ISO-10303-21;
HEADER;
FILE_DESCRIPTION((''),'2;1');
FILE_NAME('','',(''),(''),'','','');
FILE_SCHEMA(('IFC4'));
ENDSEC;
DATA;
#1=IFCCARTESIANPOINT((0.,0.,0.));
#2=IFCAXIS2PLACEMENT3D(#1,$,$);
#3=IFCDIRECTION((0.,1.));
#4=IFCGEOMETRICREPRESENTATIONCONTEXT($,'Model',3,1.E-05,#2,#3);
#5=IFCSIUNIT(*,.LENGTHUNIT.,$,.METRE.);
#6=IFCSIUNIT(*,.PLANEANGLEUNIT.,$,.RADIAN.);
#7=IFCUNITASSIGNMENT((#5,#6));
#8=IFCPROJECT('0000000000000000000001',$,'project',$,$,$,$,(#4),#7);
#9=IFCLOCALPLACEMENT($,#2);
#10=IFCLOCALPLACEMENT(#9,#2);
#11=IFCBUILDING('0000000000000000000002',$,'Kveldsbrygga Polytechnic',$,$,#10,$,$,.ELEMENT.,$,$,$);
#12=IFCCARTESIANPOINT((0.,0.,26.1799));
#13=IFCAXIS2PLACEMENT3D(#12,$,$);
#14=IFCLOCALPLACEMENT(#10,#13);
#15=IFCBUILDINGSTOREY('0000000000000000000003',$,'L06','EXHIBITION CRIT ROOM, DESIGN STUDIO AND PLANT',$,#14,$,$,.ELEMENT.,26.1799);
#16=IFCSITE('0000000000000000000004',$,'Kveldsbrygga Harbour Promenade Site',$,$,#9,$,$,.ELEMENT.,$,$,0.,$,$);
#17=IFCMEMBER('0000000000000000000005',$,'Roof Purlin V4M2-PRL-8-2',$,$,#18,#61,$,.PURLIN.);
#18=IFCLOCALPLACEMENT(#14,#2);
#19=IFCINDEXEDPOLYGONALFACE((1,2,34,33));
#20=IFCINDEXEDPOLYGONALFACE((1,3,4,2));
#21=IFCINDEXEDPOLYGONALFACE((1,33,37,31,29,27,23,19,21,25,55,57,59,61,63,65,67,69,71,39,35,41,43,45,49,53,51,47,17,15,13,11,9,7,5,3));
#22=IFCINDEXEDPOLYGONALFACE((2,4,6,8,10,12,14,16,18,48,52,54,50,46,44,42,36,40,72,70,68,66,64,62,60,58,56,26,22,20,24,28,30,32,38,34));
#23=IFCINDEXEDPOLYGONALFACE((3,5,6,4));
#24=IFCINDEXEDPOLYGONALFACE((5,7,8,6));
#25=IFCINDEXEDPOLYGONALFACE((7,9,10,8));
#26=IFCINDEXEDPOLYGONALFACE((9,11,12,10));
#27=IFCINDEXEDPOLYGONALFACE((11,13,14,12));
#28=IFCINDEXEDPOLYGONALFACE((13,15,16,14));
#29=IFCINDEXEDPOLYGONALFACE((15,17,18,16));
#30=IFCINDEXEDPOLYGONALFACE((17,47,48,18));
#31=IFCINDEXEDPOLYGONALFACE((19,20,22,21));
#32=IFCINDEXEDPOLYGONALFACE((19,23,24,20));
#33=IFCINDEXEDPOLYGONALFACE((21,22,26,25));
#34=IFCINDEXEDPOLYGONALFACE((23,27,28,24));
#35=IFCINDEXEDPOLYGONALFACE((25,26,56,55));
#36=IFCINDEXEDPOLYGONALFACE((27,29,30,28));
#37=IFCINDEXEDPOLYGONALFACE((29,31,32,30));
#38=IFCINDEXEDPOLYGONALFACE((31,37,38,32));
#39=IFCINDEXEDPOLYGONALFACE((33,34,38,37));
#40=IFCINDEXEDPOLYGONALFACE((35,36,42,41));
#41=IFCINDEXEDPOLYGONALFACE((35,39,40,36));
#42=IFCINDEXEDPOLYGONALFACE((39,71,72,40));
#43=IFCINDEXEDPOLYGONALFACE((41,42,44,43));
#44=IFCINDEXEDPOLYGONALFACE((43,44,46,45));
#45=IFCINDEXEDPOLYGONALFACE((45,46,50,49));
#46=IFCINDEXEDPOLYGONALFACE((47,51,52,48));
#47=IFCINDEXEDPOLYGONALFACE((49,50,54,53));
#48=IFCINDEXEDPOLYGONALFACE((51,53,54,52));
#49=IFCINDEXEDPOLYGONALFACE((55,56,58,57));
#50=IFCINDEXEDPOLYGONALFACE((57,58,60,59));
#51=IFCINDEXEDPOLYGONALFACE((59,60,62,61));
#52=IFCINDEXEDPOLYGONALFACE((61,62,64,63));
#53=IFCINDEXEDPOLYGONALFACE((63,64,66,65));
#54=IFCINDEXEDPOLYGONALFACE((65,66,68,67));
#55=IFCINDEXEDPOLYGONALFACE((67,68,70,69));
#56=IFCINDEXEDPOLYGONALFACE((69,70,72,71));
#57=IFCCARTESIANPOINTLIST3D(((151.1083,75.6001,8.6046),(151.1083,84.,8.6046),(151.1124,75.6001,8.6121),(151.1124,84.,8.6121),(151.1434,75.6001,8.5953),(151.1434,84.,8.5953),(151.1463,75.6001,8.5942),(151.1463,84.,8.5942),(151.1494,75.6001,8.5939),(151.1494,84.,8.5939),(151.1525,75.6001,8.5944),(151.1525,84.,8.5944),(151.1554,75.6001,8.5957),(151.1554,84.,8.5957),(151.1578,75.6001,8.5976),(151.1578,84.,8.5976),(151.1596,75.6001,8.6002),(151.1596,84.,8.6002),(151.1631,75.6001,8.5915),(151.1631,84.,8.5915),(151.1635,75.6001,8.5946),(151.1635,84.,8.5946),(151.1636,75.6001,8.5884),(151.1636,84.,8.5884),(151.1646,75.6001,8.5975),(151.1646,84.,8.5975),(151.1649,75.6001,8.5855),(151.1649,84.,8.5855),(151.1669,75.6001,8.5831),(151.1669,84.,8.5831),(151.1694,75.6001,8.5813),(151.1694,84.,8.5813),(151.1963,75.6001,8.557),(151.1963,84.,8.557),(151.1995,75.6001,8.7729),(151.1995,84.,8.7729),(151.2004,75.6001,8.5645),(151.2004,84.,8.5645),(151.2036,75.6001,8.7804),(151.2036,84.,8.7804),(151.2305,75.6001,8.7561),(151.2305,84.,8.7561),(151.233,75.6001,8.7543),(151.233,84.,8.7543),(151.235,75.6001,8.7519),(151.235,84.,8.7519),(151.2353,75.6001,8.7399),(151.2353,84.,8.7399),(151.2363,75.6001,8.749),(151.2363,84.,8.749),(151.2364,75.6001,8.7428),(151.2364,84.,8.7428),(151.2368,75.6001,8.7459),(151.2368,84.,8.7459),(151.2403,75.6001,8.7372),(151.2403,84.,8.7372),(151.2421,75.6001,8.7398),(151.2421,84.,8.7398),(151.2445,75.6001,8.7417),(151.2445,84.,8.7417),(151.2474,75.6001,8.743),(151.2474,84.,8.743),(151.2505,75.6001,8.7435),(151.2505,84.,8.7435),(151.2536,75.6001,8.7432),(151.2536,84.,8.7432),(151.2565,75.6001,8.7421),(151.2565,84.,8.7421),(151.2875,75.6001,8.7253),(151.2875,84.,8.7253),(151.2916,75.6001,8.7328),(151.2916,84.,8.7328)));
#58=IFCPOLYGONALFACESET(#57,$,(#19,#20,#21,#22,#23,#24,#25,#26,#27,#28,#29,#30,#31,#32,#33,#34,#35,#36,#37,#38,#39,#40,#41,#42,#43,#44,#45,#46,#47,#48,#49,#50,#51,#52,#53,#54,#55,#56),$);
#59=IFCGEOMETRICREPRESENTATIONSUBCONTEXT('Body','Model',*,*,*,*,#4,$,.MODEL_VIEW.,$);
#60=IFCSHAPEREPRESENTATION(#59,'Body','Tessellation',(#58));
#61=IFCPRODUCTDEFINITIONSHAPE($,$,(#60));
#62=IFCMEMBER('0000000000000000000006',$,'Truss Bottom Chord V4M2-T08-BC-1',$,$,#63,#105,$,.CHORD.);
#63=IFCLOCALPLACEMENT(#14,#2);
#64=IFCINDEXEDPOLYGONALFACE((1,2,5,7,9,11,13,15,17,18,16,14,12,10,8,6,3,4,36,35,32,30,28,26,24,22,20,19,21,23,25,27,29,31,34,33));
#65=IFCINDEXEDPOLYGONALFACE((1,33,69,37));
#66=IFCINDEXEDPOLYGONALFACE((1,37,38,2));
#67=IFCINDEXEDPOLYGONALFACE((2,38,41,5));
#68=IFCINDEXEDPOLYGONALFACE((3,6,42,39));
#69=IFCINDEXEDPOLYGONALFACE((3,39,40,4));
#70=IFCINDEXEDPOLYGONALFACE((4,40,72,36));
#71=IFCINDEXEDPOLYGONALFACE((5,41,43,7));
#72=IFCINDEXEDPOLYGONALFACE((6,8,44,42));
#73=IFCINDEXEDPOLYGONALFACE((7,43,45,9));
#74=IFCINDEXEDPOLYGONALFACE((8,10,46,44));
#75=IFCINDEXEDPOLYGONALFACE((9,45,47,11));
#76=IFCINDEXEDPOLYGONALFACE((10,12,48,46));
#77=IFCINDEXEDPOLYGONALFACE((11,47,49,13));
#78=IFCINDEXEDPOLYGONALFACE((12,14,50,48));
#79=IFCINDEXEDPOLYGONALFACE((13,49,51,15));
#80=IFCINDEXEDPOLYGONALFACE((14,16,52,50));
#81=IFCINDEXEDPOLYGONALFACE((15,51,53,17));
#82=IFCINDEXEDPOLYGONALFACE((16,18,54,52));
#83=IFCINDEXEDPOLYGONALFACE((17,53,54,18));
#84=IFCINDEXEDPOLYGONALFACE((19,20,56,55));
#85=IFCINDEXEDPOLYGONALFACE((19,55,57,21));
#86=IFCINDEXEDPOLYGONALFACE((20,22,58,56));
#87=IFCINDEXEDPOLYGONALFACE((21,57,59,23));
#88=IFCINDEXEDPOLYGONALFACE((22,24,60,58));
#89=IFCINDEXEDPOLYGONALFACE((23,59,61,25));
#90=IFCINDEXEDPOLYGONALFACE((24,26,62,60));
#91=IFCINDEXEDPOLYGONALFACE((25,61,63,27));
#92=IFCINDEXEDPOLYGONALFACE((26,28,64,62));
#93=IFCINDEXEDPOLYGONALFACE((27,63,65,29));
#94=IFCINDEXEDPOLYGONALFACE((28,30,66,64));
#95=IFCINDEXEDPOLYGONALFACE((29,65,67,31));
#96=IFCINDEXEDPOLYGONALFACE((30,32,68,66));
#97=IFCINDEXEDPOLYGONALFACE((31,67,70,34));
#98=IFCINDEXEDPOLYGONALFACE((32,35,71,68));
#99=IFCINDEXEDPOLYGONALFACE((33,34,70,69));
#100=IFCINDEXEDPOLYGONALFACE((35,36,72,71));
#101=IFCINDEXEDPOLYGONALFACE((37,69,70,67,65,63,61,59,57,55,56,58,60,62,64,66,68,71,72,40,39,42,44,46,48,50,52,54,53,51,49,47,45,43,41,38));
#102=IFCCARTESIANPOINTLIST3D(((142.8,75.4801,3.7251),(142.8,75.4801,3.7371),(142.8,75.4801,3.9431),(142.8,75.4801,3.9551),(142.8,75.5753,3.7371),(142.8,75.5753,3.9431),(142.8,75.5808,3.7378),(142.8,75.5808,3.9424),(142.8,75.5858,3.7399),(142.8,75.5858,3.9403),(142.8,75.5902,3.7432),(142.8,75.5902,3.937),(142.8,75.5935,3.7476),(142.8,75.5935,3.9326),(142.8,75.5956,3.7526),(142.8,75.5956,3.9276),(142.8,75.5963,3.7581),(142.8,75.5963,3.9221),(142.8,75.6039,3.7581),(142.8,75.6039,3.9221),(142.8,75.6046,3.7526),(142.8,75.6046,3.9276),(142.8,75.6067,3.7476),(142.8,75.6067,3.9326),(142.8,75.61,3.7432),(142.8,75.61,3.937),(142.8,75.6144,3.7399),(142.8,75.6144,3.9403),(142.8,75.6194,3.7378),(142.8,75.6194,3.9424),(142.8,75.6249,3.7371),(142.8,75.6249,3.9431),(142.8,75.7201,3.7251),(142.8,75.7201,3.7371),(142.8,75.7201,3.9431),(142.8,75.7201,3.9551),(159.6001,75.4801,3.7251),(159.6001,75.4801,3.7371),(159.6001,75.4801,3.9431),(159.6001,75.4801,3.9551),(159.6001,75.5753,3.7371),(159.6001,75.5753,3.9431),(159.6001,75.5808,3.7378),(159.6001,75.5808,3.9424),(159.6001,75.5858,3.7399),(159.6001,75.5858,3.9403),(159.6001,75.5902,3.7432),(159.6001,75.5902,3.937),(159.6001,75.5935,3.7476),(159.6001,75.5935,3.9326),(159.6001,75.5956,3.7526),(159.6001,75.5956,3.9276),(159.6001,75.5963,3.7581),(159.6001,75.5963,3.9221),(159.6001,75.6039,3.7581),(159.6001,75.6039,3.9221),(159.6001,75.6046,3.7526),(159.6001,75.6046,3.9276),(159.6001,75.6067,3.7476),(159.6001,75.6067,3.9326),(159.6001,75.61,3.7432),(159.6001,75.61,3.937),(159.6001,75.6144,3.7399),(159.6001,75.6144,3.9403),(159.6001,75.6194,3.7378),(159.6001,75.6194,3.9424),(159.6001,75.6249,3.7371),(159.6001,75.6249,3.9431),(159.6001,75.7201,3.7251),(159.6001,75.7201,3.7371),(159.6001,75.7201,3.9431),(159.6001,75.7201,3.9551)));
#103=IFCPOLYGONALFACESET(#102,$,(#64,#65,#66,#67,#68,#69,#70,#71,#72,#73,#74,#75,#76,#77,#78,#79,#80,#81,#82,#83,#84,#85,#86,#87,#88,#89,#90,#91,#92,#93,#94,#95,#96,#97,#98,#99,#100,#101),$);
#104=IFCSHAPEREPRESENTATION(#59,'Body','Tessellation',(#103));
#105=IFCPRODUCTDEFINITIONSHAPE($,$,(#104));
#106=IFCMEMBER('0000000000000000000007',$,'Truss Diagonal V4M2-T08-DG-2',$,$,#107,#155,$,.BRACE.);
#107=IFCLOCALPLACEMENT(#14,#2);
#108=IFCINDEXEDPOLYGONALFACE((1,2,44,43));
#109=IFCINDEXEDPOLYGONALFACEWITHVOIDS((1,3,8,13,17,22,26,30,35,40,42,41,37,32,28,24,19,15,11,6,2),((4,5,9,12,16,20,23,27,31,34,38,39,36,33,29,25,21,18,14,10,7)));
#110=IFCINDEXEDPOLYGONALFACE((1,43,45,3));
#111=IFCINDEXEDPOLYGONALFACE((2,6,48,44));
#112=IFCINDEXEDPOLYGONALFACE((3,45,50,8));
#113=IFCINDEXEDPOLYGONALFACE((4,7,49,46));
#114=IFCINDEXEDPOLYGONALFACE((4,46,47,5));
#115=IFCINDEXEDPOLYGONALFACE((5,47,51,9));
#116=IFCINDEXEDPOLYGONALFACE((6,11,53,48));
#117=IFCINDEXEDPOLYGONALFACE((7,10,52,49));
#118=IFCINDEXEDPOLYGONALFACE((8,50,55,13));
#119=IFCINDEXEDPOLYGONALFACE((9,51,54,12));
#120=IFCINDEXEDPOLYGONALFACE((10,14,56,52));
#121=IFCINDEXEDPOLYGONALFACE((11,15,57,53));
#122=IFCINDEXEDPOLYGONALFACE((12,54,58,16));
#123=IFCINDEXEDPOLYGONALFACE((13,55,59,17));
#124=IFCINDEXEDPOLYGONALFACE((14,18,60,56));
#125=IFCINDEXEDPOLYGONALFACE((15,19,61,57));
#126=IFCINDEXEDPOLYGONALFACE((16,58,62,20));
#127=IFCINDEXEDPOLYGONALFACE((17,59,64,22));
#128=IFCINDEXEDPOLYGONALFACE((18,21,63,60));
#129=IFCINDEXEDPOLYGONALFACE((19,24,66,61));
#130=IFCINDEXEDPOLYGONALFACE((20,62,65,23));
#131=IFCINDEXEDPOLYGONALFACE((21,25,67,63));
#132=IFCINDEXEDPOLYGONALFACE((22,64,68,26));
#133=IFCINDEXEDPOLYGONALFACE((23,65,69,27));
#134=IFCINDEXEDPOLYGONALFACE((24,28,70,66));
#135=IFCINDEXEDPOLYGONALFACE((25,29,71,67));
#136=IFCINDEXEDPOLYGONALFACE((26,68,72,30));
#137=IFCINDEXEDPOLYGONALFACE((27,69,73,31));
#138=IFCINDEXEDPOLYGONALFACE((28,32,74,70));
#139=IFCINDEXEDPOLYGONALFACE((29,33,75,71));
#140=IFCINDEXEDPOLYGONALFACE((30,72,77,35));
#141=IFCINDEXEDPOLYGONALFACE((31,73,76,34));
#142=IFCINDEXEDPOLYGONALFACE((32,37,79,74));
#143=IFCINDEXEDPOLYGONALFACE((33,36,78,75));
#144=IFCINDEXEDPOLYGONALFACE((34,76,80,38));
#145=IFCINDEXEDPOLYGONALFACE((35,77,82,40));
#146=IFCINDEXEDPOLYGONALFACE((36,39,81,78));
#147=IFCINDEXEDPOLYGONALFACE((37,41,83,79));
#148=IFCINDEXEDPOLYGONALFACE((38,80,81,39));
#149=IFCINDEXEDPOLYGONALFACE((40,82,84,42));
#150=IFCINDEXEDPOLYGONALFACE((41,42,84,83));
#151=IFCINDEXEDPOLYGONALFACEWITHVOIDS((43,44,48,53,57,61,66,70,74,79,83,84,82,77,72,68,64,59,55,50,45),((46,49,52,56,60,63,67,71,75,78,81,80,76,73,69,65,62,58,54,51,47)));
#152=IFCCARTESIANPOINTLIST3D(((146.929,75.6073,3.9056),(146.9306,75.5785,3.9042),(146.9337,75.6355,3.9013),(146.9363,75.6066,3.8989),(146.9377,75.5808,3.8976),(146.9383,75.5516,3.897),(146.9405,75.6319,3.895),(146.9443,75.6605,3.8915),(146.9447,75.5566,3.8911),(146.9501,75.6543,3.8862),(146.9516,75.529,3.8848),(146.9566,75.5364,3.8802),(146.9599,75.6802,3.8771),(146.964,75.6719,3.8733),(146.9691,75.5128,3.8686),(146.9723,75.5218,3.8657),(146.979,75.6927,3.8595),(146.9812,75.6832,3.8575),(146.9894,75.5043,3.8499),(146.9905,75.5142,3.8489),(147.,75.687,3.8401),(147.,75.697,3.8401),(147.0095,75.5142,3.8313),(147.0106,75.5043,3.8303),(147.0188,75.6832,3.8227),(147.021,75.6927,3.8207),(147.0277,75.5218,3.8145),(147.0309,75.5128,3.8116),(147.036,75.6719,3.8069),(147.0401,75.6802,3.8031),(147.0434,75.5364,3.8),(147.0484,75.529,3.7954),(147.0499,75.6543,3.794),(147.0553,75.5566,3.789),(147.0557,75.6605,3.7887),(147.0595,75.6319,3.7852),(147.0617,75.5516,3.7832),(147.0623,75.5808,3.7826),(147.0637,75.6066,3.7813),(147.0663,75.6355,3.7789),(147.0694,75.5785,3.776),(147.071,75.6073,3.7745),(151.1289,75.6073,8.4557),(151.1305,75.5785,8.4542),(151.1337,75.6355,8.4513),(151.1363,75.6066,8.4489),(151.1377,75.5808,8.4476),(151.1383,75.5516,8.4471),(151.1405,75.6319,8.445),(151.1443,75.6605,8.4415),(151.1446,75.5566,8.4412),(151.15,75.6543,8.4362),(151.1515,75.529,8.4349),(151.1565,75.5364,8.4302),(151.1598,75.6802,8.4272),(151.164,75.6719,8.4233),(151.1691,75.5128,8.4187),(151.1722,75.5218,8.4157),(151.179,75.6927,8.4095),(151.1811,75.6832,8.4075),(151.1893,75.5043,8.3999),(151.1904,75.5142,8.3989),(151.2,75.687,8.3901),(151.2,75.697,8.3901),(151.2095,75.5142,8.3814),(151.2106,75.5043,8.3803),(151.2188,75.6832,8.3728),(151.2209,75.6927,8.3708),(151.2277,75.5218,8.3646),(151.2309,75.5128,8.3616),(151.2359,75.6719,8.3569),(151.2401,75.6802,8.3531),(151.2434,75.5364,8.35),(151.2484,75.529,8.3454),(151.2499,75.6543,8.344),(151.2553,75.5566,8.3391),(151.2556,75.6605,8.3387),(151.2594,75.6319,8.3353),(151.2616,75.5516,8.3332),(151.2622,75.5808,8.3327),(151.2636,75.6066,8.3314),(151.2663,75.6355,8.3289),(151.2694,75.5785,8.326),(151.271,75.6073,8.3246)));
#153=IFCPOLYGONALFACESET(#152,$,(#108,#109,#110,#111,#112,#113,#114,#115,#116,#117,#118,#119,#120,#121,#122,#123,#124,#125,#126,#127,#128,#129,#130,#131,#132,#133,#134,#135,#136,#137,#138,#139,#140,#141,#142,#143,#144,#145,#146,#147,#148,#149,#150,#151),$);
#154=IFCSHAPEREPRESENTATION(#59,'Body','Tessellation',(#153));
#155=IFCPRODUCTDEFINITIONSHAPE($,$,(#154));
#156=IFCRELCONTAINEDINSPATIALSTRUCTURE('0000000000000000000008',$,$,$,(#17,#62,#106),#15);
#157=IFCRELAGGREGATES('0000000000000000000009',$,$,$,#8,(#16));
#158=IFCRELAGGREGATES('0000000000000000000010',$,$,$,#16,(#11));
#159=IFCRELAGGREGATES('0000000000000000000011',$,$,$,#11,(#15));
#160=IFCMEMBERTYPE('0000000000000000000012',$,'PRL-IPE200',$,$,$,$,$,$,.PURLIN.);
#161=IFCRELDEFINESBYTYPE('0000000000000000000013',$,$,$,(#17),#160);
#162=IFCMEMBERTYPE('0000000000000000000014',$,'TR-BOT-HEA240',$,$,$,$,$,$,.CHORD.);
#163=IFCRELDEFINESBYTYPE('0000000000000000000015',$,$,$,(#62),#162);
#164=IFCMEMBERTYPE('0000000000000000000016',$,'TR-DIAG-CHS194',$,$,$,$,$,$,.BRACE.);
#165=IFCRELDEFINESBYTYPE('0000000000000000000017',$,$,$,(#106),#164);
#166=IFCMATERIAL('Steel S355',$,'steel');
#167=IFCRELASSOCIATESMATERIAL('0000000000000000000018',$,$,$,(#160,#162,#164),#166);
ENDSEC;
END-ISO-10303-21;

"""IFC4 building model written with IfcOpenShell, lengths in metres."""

from ifc_helpers import new_model, si_unit, direction, frame, origin, origin_2d, place, context, subcontext, project, spatial, hollow_circle, i_section, extrude, material, material_profile, profile_set, type_object, element, save


model = new_model("IFC4")

# Units and contexts
model_context = context("Model", 3, precision=1e-05, world=origin(), true_north=direction((0.0, 1.0)))
body_context = subcontext(model_context, "Body", "Model", "MODEL_VIEW")
ifc_project = project(units=[si_unit("LENGTHUNIT", "METRE"), si_unit("PLANEANGLEUNIT", "RADIAN")], contexts=[model_context])

# Site, building, storey
site_placement = place(None, origin())
site = spatial("IfcSite", under=ifc_project, at=site_placement, Name="Kveldsbrygga Harbour Promenade Site", CompositionType="ELEMENT", RefElevation=0.0)
building_placement = place(site_placement, origin())
building = spatial("IfcBuilding", under=site, at=building_placement, Name="Kveldsbrygga Polytechnic", CompositionType="ELEMENT")
storey_placement = place(building_placement, frame((0.0, 0.0, 26.1799)))
storey = spatial("IfcBuildingStorey", under=building, at=storey_placement, Name="L06", Description="EXHIBITION CRIT ROOM, DESIGN STUDIO AND PLANT", CompositionType="ELEMENT", Elevation=26.1799)

# Shared definitions
ifc_material_1 = material(Name="Steel S355", Category="steel")

# Members
ifc_material_profile_1 = material_profile(ifc_material_1, i_section(OverallWidth=0.1001, OverallDepth=0.2, WebThickness=0.0056, FlangeThickness=0.0085, FilletRadius=0.012, at=origin_2d()), Name="IPE 200")
ifc_profile_set_1 = profile_set([ifc_material_profile_1], Name="Steel S355")
member_type_1 = type_object("IfcMemberType", Name="PRL-IPE200", PredefinedType="PURLIN", material=ifc_profile_set_1)
for number, where, z_axis, x_axis, name in (
    (1, (151.2, 75.6001, 8.6687), (0.0, 1.0, 0.0), (-0.879292, 0.0, 0.476283), "Roof Purlin V4M2-PRL-8-2"),
):
    element("IfcMember", number, at=place(storey_placement, frame(where, z_axis=z_axis, x_axis=x_axis)), inside=storey, type_object=member_type_1, Name=name, PredefinedType="PURLIN", context=body_context, shape_type="SweptSolid", body=[
        extrude(i_section(OverallWidth=0.1001, OverallDepth=0.2, WebThickness=0.0056, FlangeThickness=0.0085, FilletRadius=0.012, at=origin_2d()), origin(), (0.0, 0.0, 1.0), 8.3999),
    ])
ifc_material_profile_2 = material_profile(ifc_material_1, i_section(OverallWidth=0.24, OverallDepth=0.23, WebThickness=0.0076, FlangeThickness=0.012, FilletRadius=0.021, at=origin_2d()), Name="HEA 240")
ifc_profile_set_2 = profile_set([ifc_material_profile_2], Name="Steel S355")
member_type_2 = type_object("IfcMemberType", Name="TR-BOT-HEA240", PredefinedType="CHORD", material=ifc_profile_set_2)
member_1_placement = place(storey_placement, frame((142.8, 75.6001, 3.8401), z_axis=(1.0, 0.0, 0.0), x_axis=(0.0, 1.0, 0.0)))
element("IfcMember", 2, at=member_1_placement, inside=storey, type_object=member_type_2, Name="Truss Bottom Chord V4M2-T08-BC-1", PredefinedType="CHORD", context=body_context, shape_type="SweptSolid", body=[
    extrude(i_section(OverallWidth=0.24, OverallDepth=0.23, WebThickness=0.0076, FlangeThickness=0.012, FilletRadius=0.021, at=origin_2d()), origin(), (0.0, 0.0, 1.0), 16.8),
])
ifc_material_profile_3 = material_profile(ifc_material_1, hollow_circle(Radius=0.0969, WallThickness=0.01, at=origin_2d()), Name="CHS 193.7x10.0")
ifc_profile_set_3 = profile_set([ifc_material_profile_3], Name="Steel S355")
member_type_3 = type_object("IfcMemberType", Name="TR-DIAG-CHS194", PredefinedType="BRACE", material=ifc_profile_set_3)
for number, where, z_axis, x_axis, name in (
    (3, (147.0, 75.6001, 3.8401), (0.678272, 0.0, 0.734811), (0.0, 1.0, 0.0), "Truss Diagonal V4M2-T08-DG-2"),
):
    element("IfcMember", number, at=place(storey_placement, frame(where, z_axis=z_axis, x_axis=x_axis)), inside=storey, type_object=member_type_3, Name=name, PredefinedType="BRACE", context=body_context, shape_type="SweptSolid", body=[
        extrude(hollow_circle(Radius=0.0969, WallThickness=0.01, at=origin_2d()), origin(), (0.0, 0.0, 1.0), 6.1921),
    ])

save(model, "model.ifc")
